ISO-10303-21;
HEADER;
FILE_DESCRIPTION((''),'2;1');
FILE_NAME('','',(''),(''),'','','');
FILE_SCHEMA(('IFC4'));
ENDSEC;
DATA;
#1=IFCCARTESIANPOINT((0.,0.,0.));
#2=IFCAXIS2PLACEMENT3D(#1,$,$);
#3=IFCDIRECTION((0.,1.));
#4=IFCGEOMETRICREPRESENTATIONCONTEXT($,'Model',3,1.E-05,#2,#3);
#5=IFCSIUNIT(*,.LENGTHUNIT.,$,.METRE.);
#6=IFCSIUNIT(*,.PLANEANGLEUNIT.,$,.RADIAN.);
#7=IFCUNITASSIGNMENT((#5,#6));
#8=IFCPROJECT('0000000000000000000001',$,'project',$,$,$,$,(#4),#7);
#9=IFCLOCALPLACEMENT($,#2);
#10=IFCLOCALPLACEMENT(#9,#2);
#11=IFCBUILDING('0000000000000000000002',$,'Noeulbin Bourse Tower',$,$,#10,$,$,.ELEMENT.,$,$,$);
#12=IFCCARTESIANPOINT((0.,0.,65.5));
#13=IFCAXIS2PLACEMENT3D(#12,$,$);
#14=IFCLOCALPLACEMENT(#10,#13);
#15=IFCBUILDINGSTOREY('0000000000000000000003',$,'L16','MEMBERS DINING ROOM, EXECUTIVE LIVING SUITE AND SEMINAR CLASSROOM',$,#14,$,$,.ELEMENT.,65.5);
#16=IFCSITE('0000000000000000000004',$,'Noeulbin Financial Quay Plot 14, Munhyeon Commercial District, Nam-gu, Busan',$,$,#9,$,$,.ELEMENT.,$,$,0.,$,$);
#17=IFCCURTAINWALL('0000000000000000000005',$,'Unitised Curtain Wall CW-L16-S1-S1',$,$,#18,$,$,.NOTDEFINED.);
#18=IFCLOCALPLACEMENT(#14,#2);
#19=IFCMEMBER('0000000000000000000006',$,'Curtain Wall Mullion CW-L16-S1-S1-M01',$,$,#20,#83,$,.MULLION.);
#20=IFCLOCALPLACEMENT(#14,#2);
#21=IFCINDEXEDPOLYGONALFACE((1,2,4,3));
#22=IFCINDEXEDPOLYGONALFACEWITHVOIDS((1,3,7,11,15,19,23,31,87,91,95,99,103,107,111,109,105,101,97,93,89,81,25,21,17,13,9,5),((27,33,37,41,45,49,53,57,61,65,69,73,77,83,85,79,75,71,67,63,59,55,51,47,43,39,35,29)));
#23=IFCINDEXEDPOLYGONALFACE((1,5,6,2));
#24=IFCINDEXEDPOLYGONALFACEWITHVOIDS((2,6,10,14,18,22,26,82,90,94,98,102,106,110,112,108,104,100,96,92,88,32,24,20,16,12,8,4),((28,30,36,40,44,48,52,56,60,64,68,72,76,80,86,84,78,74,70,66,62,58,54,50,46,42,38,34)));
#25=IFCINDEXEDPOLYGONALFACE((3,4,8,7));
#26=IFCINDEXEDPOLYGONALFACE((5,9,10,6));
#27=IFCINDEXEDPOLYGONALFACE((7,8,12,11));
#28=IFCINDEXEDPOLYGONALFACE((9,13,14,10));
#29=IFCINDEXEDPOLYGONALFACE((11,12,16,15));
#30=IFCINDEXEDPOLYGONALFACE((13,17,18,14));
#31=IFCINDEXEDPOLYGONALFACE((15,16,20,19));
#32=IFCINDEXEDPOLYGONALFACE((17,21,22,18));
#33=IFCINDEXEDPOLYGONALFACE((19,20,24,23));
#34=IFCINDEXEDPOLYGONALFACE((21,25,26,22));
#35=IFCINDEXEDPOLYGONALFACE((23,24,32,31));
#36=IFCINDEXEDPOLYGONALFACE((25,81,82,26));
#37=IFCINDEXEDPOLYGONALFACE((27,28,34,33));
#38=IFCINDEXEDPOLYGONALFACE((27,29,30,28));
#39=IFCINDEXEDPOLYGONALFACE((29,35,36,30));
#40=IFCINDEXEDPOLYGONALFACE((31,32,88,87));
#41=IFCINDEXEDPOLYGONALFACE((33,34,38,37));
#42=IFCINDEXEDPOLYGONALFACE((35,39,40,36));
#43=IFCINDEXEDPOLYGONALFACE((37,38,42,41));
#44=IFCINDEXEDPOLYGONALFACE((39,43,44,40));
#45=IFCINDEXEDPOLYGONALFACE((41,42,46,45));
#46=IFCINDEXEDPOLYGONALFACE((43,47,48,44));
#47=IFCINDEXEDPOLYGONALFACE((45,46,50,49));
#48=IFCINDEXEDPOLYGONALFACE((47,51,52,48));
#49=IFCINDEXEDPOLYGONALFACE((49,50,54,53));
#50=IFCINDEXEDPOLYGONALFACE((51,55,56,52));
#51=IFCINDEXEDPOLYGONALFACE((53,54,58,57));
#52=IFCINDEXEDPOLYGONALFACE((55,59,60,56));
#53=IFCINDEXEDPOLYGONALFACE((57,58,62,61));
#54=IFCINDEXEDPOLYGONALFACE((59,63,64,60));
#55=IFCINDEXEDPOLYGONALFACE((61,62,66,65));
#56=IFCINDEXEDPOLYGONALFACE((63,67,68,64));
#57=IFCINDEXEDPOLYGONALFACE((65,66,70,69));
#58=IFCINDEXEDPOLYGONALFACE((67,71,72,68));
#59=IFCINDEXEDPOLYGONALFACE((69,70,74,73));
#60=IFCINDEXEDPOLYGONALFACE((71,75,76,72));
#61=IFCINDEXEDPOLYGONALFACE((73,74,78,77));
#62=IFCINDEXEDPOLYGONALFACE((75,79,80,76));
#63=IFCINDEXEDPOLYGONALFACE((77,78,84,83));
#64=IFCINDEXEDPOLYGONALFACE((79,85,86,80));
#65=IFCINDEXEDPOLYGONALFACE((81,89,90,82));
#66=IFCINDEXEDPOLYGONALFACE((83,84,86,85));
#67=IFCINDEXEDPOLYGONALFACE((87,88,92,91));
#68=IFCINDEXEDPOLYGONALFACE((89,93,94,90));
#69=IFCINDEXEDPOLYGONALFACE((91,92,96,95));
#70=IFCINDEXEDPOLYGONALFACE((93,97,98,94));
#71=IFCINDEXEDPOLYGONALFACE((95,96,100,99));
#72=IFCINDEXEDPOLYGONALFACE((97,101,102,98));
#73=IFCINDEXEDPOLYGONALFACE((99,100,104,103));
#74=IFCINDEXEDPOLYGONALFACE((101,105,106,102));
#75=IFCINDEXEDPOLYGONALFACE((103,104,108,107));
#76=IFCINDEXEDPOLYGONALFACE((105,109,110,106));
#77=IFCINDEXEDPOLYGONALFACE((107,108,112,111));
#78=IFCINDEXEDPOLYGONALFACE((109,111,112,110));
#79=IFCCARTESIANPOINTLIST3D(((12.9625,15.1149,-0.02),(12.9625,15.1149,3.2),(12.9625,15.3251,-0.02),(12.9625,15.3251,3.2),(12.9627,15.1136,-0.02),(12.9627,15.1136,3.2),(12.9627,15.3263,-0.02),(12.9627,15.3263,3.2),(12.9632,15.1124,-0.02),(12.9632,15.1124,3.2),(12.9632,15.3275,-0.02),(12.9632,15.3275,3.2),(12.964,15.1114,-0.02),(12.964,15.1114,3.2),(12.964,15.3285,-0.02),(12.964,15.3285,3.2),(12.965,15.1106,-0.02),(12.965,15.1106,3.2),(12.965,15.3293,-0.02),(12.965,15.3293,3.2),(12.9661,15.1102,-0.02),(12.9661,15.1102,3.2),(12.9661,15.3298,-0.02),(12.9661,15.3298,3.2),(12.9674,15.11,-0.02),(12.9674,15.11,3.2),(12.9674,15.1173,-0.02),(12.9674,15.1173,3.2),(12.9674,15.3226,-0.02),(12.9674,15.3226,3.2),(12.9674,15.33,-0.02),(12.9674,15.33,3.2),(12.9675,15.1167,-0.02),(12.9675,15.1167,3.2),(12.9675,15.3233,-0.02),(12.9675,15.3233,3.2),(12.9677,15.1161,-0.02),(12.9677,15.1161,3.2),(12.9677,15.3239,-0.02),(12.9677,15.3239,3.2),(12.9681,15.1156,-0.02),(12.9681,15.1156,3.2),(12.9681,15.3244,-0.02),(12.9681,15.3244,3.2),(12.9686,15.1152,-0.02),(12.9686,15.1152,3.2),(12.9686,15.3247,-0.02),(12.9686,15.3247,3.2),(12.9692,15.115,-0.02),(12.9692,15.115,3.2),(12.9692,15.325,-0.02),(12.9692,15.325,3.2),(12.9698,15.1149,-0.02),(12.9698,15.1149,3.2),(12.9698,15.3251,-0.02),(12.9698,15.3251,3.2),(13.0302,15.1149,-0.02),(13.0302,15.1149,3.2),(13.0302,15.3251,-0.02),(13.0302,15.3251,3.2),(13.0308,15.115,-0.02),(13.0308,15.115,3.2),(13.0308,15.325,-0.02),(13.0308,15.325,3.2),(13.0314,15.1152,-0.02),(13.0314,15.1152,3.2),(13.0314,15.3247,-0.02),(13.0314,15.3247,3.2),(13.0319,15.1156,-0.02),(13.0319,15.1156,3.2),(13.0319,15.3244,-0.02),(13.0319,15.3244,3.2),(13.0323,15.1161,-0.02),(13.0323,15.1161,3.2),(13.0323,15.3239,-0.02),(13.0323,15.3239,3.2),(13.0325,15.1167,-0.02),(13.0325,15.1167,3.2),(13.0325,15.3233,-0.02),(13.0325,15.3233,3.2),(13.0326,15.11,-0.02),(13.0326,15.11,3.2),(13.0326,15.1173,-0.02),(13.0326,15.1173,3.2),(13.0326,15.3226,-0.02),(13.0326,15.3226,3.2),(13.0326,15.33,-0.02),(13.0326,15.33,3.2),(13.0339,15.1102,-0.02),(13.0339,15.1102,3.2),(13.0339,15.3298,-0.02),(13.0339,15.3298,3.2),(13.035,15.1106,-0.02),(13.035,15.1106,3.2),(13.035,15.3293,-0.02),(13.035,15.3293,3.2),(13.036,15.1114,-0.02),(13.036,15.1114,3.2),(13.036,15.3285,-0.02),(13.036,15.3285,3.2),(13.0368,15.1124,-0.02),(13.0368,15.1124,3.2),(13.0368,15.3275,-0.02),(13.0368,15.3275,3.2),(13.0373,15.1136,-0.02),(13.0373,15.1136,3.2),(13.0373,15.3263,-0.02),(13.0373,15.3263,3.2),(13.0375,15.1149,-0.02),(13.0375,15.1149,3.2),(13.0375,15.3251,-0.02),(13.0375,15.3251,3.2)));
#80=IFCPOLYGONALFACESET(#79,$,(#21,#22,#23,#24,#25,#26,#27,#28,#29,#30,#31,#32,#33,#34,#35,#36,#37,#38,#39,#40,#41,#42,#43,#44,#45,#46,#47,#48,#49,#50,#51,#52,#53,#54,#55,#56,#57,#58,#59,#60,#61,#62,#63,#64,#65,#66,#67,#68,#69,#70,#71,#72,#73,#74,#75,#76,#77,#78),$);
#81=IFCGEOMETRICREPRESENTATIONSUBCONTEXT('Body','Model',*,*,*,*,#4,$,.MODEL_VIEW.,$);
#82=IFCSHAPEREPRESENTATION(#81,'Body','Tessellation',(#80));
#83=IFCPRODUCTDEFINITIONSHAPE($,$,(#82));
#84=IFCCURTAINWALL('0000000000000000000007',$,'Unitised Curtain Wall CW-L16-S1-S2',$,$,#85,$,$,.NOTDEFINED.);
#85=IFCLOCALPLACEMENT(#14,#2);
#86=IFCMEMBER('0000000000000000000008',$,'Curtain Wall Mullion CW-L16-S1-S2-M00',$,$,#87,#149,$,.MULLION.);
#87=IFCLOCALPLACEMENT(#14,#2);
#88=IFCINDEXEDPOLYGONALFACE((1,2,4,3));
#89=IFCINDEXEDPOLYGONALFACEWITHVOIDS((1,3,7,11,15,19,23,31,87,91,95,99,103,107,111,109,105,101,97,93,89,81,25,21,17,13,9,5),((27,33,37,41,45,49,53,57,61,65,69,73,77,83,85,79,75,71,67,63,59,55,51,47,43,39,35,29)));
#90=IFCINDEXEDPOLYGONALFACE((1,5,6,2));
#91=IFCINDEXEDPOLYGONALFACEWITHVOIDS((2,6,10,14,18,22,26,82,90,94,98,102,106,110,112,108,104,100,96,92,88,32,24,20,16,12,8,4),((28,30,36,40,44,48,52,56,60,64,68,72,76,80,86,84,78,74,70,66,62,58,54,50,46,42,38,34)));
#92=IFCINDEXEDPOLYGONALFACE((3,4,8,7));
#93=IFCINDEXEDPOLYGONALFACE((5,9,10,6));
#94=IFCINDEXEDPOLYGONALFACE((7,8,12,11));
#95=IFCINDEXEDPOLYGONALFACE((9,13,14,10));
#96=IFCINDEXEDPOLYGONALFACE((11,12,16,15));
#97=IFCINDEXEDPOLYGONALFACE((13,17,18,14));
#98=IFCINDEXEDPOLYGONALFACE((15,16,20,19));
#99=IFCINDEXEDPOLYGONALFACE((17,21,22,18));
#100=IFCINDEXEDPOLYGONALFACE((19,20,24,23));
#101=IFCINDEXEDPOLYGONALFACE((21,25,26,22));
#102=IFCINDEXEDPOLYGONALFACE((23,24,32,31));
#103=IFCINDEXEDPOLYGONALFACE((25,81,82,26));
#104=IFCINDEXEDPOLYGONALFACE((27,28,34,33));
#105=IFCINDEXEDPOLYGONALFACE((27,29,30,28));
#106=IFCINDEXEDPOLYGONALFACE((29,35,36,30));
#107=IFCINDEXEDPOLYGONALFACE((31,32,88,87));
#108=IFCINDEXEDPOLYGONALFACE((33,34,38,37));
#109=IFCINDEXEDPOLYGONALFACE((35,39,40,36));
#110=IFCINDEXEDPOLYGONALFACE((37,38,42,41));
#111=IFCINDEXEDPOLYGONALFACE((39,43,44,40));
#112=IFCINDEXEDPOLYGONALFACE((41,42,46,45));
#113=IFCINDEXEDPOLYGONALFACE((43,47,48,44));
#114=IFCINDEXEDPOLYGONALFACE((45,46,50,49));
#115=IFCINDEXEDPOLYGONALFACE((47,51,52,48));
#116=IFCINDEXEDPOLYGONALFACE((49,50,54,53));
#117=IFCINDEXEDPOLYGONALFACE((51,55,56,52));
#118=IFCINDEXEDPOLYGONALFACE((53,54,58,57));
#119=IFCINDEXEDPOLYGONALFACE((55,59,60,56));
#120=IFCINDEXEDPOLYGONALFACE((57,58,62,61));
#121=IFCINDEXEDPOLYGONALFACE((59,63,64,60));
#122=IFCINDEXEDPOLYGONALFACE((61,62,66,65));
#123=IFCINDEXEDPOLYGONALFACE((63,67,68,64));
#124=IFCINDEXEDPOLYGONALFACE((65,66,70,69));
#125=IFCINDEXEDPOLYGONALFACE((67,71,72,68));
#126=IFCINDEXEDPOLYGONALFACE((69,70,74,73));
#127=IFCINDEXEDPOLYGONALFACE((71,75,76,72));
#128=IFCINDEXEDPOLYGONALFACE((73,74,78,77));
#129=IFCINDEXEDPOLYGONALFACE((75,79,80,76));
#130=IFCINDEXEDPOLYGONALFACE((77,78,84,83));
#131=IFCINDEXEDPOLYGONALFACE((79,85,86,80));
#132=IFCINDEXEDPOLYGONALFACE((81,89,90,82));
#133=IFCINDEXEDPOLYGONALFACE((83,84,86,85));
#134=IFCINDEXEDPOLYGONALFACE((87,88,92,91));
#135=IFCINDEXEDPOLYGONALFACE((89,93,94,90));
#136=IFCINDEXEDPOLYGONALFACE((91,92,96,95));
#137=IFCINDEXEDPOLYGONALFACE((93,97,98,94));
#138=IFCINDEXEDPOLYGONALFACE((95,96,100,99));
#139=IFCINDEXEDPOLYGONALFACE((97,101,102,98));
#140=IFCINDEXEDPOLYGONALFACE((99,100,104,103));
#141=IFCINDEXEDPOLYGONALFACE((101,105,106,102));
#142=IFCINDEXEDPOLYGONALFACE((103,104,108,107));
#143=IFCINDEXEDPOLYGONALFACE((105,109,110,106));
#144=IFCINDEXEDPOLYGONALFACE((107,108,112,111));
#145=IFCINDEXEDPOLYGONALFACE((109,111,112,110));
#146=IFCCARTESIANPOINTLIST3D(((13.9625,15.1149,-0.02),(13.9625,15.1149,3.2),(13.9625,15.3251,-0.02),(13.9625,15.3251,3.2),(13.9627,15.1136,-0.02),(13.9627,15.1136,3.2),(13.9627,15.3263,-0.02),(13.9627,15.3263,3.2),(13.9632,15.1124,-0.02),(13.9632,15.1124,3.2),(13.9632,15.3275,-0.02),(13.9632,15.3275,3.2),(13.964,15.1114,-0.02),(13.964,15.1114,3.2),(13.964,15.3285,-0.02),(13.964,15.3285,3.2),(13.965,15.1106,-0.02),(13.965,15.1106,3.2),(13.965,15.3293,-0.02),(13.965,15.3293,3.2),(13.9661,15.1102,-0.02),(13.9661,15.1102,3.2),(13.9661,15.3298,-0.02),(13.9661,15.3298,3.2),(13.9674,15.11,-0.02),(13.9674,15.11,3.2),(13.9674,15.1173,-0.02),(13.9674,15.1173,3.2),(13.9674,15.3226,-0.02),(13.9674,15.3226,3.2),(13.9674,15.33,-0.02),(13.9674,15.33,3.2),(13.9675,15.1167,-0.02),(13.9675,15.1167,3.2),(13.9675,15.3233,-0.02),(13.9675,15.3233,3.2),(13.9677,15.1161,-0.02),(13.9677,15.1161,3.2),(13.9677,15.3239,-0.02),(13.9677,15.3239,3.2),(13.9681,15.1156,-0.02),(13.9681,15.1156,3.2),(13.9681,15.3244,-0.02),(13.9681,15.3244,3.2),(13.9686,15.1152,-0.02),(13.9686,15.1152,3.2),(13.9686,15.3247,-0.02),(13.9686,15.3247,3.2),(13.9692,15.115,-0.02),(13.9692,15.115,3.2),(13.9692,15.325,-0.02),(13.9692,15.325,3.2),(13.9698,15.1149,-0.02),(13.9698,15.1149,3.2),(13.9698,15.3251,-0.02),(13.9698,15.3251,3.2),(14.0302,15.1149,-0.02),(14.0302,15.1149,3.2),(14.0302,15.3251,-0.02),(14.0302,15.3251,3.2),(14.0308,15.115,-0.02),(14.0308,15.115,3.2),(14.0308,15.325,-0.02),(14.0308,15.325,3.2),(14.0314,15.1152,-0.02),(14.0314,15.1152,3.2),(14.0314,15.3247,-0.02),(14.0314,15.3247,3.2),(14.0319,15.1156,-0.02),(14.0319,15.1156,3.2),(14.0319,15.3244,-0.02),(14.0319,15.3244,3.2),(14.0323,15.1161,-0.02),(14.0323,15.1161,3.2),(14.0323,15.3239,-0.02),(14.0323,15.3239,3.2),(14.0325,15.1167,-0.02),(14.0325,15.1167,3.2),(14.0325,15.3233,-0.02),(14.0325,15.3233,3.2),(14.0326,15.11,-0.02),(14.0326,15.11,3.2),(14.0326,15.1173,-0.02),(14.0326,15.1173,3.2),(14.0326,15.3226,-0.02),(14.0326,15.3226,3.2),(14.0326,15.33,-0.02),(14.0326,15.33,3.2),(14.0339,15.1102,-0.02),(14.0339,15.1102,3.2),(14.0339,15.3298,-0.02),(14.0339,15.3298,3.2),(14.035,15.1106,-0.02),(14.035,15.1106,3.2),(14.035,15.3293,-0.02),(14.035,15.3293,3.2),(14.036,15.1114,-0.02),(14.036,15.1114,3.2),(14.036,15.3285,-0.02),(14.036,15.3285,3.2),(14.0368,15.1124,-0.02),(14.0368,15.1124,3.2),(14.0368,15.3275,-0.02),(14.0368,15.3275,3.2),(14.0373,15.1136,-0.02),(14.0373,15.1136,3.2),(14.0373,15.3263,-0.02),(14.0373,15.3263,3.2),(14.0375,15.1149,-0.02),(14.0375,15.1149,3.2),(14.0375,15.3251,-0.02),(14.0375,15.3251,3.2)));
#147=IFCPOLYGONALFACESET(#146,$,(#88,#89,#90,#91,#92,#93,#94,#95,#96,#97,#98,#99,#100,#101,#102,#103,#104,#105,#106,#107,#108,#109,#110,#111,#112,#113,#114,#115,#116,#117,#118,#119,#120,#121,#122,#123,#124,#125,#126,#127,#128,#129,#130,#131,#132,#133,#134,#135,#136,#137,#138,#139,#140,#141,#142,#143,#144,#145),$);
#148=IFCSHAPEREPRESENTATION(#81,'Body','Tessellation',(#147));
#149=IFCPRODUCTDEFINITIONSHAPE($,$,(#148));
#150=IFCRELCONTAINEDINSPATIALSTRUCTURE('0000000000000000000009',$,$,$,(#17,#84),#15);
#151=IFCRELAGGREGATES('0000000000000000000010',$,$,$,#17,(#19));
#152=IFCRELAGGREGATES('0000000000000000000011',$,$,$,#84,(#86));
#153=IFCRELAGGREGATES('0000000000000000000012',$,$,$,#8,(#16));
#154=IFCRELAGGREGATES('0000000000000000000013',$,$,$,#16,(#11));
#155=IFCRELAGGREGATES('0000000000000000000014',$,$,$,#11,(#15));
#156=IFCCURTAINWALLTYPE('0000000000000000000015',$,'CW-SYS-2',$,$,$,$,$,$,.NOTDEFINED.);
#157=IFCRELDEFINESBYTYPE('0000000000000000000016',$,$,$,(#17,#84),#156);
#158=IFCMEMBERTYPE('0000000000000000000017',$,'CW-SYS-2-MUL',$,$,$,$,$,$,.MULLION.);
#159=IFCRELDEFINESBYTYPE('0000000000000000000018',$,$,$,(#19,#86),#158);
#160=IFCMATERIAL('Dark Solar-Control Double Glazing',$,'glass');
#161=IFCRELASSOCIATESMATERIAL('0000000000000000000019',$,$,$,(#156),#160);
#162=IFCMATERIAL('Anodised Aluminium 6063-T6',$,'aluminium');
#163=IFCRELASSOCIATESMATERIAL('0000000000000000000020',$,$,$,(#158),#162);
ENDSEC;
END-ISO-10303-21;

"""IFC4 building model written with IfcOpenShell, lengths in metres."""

from ifc_helpers import new_model, si_unit, direction, frame, origin, origin_2d, place, context, subcontext, project, spatial, hollow_rectangle, extrude, material, material_profile, profile_set, type_object, element, aggregate, save


model = new_model("IFC4")

# Units and contexts
model_context = context("Model", 3, precision=1e-05, world=origin(), true_north=direction((0.0, 1.0)))
body_context = subcontext(model_context, "Body", "Model", "MODEL_VIEW")
ifc_project = project(units=[si_unit("LENGTHUNIT", "METRE"), si_unit("PLANEANGLEUNIT", "RADIAN")], contexts=[model_context])

# Site, building, storey
site_placement = place(None, origin())
site = spatial("IfcSite", under=ifc_project, at=site_placement, Name="Noeulbin Financial Quay Plot 14, Munhyeon Commercial District, Nam-gu, Busan", CompositionType="ELEMENT", RefElevation=0.0)
building_placement = place(site_placement, origin())
building = spatial("IfcBuilding", under=site, at=building_placement, Name="Noeulbin Bourse Tower", CompositionType="ELEMENT")
storey_placement = place(building_placement, frame((0.0, 0.0, 65.5)))
storey = spatial("IfcBuildingStorey", under=building, at=storey_placement, Name="L16", Description="MEMBERS DINING ROOM, EXECUTIVE LIVING SUITE AND SEMINAR CLASSROOM", CompositionType="ELEMENT", Elevation=65.5)

# Curtain walls, members
ifc_material_1 = material(Name="Dark Solar-Control Double Glazing", Category="glass")
curtain_wall_type = type_object("IfcCurtainWallType", Name="CW-SYS-2", PredefinedType="NOTDEFINED", material=ifc_material_1)
curtain_wall_1_placement = place(storey_placement, origin())
curtain_wall_1 = element("IfcCurtainWall", 1, at=curtain_wall_1_placement, inside=storey, type_object=curtain_wall_type, Name="Unitised Curtain Wall CW-L16-S1-S1", PredefinedType="NOTDEFINED")
ifc_material_2 = material(Name="Anodised Aluminium 6063-T6", Category="aluminium")
ifc_material_profile_1 = material_profile(ifc_material_2, hollow_rectangle(XDim=0.075, YDim=0.22, WallThickness=0.0049, InnerFilletRadius=0.0024, OuterFilletRadius=0.0049, at=origin_2d()), Name="ALU-MULL-75x220x5", Category="LoadBearing")
ifc_profile_set_1 = profile_set([ifc_material_profile_1], Name="Anodised Aluminium 6063-T6")
member_type_1 = type_object("IfcMemberType", Name="CW-SYS-2-MUL", PredefinedType="MULLION", material=ifc_profile_set_1)
member_1_placement = place(storey_placement, frame((13.0, 15.22, -0.02), z_axis=(0.0, 0.0, 1.0), x_axis=(1.0, 0.0, 0.0)))
member_1 = element("IfcMember", 2, at=member_1_placement, type_object=member_type_1, Name="Curtain Wall Mullion CW-L16-S1-S1-M01", PredefinedType="MULLION", context=body_context, shape_type="SweptSolid", body=[
    extrude(hollow_rectangle(XDim=0.075, YDim=0.22, WallThickness=0.0049, InnerFilletRadius=0.0024, OuterFilletRadius=0.0049, at=origin_2d()), origin(), (0.0, 0.0, 1.0), 3.22),
])
curtain_wall_2_placement = place(storey_placement, origin())
curtain_wall_2 = element("IfcCurtainWall", 3, at=curtain_wall_2_placement, inside=storey, type_object=curtain_wall_type, Name="Unitised Curtain Wall CW-L16-S1-S2", PredefinedType="NOTDEFINED")
member_2_placement = place(storey_placement, frame((14.0, 15.22, -0.02), z_axis=(0.0, 0.0, 1.0), x_axis=(1.0, 0.0, 0.0)))
member_2 = element("IfcMember", 4, at=member_2_placement, type_object=member_type_1, Name="Curtain Wall Mullion CW-L16-S1-S2-M00", PredefinedType="MULLION", context=body_context, shape_type="SweptSolid", body=[
    extrude(hollow_rectangle(XDim=0.075, YDim=0.22, WallThickness=0.0049, InnerFilletRadius=0.0024, OuterFilletRadius=0.0049, at=origin_2d()), origin(), (0.0, 0.0, 1.0), 3.22),
])

aggregate(curtain_wall_1, [member_1])
aggregate(curtain_wall_2, [member_2])

save(model, "model.ifc")
